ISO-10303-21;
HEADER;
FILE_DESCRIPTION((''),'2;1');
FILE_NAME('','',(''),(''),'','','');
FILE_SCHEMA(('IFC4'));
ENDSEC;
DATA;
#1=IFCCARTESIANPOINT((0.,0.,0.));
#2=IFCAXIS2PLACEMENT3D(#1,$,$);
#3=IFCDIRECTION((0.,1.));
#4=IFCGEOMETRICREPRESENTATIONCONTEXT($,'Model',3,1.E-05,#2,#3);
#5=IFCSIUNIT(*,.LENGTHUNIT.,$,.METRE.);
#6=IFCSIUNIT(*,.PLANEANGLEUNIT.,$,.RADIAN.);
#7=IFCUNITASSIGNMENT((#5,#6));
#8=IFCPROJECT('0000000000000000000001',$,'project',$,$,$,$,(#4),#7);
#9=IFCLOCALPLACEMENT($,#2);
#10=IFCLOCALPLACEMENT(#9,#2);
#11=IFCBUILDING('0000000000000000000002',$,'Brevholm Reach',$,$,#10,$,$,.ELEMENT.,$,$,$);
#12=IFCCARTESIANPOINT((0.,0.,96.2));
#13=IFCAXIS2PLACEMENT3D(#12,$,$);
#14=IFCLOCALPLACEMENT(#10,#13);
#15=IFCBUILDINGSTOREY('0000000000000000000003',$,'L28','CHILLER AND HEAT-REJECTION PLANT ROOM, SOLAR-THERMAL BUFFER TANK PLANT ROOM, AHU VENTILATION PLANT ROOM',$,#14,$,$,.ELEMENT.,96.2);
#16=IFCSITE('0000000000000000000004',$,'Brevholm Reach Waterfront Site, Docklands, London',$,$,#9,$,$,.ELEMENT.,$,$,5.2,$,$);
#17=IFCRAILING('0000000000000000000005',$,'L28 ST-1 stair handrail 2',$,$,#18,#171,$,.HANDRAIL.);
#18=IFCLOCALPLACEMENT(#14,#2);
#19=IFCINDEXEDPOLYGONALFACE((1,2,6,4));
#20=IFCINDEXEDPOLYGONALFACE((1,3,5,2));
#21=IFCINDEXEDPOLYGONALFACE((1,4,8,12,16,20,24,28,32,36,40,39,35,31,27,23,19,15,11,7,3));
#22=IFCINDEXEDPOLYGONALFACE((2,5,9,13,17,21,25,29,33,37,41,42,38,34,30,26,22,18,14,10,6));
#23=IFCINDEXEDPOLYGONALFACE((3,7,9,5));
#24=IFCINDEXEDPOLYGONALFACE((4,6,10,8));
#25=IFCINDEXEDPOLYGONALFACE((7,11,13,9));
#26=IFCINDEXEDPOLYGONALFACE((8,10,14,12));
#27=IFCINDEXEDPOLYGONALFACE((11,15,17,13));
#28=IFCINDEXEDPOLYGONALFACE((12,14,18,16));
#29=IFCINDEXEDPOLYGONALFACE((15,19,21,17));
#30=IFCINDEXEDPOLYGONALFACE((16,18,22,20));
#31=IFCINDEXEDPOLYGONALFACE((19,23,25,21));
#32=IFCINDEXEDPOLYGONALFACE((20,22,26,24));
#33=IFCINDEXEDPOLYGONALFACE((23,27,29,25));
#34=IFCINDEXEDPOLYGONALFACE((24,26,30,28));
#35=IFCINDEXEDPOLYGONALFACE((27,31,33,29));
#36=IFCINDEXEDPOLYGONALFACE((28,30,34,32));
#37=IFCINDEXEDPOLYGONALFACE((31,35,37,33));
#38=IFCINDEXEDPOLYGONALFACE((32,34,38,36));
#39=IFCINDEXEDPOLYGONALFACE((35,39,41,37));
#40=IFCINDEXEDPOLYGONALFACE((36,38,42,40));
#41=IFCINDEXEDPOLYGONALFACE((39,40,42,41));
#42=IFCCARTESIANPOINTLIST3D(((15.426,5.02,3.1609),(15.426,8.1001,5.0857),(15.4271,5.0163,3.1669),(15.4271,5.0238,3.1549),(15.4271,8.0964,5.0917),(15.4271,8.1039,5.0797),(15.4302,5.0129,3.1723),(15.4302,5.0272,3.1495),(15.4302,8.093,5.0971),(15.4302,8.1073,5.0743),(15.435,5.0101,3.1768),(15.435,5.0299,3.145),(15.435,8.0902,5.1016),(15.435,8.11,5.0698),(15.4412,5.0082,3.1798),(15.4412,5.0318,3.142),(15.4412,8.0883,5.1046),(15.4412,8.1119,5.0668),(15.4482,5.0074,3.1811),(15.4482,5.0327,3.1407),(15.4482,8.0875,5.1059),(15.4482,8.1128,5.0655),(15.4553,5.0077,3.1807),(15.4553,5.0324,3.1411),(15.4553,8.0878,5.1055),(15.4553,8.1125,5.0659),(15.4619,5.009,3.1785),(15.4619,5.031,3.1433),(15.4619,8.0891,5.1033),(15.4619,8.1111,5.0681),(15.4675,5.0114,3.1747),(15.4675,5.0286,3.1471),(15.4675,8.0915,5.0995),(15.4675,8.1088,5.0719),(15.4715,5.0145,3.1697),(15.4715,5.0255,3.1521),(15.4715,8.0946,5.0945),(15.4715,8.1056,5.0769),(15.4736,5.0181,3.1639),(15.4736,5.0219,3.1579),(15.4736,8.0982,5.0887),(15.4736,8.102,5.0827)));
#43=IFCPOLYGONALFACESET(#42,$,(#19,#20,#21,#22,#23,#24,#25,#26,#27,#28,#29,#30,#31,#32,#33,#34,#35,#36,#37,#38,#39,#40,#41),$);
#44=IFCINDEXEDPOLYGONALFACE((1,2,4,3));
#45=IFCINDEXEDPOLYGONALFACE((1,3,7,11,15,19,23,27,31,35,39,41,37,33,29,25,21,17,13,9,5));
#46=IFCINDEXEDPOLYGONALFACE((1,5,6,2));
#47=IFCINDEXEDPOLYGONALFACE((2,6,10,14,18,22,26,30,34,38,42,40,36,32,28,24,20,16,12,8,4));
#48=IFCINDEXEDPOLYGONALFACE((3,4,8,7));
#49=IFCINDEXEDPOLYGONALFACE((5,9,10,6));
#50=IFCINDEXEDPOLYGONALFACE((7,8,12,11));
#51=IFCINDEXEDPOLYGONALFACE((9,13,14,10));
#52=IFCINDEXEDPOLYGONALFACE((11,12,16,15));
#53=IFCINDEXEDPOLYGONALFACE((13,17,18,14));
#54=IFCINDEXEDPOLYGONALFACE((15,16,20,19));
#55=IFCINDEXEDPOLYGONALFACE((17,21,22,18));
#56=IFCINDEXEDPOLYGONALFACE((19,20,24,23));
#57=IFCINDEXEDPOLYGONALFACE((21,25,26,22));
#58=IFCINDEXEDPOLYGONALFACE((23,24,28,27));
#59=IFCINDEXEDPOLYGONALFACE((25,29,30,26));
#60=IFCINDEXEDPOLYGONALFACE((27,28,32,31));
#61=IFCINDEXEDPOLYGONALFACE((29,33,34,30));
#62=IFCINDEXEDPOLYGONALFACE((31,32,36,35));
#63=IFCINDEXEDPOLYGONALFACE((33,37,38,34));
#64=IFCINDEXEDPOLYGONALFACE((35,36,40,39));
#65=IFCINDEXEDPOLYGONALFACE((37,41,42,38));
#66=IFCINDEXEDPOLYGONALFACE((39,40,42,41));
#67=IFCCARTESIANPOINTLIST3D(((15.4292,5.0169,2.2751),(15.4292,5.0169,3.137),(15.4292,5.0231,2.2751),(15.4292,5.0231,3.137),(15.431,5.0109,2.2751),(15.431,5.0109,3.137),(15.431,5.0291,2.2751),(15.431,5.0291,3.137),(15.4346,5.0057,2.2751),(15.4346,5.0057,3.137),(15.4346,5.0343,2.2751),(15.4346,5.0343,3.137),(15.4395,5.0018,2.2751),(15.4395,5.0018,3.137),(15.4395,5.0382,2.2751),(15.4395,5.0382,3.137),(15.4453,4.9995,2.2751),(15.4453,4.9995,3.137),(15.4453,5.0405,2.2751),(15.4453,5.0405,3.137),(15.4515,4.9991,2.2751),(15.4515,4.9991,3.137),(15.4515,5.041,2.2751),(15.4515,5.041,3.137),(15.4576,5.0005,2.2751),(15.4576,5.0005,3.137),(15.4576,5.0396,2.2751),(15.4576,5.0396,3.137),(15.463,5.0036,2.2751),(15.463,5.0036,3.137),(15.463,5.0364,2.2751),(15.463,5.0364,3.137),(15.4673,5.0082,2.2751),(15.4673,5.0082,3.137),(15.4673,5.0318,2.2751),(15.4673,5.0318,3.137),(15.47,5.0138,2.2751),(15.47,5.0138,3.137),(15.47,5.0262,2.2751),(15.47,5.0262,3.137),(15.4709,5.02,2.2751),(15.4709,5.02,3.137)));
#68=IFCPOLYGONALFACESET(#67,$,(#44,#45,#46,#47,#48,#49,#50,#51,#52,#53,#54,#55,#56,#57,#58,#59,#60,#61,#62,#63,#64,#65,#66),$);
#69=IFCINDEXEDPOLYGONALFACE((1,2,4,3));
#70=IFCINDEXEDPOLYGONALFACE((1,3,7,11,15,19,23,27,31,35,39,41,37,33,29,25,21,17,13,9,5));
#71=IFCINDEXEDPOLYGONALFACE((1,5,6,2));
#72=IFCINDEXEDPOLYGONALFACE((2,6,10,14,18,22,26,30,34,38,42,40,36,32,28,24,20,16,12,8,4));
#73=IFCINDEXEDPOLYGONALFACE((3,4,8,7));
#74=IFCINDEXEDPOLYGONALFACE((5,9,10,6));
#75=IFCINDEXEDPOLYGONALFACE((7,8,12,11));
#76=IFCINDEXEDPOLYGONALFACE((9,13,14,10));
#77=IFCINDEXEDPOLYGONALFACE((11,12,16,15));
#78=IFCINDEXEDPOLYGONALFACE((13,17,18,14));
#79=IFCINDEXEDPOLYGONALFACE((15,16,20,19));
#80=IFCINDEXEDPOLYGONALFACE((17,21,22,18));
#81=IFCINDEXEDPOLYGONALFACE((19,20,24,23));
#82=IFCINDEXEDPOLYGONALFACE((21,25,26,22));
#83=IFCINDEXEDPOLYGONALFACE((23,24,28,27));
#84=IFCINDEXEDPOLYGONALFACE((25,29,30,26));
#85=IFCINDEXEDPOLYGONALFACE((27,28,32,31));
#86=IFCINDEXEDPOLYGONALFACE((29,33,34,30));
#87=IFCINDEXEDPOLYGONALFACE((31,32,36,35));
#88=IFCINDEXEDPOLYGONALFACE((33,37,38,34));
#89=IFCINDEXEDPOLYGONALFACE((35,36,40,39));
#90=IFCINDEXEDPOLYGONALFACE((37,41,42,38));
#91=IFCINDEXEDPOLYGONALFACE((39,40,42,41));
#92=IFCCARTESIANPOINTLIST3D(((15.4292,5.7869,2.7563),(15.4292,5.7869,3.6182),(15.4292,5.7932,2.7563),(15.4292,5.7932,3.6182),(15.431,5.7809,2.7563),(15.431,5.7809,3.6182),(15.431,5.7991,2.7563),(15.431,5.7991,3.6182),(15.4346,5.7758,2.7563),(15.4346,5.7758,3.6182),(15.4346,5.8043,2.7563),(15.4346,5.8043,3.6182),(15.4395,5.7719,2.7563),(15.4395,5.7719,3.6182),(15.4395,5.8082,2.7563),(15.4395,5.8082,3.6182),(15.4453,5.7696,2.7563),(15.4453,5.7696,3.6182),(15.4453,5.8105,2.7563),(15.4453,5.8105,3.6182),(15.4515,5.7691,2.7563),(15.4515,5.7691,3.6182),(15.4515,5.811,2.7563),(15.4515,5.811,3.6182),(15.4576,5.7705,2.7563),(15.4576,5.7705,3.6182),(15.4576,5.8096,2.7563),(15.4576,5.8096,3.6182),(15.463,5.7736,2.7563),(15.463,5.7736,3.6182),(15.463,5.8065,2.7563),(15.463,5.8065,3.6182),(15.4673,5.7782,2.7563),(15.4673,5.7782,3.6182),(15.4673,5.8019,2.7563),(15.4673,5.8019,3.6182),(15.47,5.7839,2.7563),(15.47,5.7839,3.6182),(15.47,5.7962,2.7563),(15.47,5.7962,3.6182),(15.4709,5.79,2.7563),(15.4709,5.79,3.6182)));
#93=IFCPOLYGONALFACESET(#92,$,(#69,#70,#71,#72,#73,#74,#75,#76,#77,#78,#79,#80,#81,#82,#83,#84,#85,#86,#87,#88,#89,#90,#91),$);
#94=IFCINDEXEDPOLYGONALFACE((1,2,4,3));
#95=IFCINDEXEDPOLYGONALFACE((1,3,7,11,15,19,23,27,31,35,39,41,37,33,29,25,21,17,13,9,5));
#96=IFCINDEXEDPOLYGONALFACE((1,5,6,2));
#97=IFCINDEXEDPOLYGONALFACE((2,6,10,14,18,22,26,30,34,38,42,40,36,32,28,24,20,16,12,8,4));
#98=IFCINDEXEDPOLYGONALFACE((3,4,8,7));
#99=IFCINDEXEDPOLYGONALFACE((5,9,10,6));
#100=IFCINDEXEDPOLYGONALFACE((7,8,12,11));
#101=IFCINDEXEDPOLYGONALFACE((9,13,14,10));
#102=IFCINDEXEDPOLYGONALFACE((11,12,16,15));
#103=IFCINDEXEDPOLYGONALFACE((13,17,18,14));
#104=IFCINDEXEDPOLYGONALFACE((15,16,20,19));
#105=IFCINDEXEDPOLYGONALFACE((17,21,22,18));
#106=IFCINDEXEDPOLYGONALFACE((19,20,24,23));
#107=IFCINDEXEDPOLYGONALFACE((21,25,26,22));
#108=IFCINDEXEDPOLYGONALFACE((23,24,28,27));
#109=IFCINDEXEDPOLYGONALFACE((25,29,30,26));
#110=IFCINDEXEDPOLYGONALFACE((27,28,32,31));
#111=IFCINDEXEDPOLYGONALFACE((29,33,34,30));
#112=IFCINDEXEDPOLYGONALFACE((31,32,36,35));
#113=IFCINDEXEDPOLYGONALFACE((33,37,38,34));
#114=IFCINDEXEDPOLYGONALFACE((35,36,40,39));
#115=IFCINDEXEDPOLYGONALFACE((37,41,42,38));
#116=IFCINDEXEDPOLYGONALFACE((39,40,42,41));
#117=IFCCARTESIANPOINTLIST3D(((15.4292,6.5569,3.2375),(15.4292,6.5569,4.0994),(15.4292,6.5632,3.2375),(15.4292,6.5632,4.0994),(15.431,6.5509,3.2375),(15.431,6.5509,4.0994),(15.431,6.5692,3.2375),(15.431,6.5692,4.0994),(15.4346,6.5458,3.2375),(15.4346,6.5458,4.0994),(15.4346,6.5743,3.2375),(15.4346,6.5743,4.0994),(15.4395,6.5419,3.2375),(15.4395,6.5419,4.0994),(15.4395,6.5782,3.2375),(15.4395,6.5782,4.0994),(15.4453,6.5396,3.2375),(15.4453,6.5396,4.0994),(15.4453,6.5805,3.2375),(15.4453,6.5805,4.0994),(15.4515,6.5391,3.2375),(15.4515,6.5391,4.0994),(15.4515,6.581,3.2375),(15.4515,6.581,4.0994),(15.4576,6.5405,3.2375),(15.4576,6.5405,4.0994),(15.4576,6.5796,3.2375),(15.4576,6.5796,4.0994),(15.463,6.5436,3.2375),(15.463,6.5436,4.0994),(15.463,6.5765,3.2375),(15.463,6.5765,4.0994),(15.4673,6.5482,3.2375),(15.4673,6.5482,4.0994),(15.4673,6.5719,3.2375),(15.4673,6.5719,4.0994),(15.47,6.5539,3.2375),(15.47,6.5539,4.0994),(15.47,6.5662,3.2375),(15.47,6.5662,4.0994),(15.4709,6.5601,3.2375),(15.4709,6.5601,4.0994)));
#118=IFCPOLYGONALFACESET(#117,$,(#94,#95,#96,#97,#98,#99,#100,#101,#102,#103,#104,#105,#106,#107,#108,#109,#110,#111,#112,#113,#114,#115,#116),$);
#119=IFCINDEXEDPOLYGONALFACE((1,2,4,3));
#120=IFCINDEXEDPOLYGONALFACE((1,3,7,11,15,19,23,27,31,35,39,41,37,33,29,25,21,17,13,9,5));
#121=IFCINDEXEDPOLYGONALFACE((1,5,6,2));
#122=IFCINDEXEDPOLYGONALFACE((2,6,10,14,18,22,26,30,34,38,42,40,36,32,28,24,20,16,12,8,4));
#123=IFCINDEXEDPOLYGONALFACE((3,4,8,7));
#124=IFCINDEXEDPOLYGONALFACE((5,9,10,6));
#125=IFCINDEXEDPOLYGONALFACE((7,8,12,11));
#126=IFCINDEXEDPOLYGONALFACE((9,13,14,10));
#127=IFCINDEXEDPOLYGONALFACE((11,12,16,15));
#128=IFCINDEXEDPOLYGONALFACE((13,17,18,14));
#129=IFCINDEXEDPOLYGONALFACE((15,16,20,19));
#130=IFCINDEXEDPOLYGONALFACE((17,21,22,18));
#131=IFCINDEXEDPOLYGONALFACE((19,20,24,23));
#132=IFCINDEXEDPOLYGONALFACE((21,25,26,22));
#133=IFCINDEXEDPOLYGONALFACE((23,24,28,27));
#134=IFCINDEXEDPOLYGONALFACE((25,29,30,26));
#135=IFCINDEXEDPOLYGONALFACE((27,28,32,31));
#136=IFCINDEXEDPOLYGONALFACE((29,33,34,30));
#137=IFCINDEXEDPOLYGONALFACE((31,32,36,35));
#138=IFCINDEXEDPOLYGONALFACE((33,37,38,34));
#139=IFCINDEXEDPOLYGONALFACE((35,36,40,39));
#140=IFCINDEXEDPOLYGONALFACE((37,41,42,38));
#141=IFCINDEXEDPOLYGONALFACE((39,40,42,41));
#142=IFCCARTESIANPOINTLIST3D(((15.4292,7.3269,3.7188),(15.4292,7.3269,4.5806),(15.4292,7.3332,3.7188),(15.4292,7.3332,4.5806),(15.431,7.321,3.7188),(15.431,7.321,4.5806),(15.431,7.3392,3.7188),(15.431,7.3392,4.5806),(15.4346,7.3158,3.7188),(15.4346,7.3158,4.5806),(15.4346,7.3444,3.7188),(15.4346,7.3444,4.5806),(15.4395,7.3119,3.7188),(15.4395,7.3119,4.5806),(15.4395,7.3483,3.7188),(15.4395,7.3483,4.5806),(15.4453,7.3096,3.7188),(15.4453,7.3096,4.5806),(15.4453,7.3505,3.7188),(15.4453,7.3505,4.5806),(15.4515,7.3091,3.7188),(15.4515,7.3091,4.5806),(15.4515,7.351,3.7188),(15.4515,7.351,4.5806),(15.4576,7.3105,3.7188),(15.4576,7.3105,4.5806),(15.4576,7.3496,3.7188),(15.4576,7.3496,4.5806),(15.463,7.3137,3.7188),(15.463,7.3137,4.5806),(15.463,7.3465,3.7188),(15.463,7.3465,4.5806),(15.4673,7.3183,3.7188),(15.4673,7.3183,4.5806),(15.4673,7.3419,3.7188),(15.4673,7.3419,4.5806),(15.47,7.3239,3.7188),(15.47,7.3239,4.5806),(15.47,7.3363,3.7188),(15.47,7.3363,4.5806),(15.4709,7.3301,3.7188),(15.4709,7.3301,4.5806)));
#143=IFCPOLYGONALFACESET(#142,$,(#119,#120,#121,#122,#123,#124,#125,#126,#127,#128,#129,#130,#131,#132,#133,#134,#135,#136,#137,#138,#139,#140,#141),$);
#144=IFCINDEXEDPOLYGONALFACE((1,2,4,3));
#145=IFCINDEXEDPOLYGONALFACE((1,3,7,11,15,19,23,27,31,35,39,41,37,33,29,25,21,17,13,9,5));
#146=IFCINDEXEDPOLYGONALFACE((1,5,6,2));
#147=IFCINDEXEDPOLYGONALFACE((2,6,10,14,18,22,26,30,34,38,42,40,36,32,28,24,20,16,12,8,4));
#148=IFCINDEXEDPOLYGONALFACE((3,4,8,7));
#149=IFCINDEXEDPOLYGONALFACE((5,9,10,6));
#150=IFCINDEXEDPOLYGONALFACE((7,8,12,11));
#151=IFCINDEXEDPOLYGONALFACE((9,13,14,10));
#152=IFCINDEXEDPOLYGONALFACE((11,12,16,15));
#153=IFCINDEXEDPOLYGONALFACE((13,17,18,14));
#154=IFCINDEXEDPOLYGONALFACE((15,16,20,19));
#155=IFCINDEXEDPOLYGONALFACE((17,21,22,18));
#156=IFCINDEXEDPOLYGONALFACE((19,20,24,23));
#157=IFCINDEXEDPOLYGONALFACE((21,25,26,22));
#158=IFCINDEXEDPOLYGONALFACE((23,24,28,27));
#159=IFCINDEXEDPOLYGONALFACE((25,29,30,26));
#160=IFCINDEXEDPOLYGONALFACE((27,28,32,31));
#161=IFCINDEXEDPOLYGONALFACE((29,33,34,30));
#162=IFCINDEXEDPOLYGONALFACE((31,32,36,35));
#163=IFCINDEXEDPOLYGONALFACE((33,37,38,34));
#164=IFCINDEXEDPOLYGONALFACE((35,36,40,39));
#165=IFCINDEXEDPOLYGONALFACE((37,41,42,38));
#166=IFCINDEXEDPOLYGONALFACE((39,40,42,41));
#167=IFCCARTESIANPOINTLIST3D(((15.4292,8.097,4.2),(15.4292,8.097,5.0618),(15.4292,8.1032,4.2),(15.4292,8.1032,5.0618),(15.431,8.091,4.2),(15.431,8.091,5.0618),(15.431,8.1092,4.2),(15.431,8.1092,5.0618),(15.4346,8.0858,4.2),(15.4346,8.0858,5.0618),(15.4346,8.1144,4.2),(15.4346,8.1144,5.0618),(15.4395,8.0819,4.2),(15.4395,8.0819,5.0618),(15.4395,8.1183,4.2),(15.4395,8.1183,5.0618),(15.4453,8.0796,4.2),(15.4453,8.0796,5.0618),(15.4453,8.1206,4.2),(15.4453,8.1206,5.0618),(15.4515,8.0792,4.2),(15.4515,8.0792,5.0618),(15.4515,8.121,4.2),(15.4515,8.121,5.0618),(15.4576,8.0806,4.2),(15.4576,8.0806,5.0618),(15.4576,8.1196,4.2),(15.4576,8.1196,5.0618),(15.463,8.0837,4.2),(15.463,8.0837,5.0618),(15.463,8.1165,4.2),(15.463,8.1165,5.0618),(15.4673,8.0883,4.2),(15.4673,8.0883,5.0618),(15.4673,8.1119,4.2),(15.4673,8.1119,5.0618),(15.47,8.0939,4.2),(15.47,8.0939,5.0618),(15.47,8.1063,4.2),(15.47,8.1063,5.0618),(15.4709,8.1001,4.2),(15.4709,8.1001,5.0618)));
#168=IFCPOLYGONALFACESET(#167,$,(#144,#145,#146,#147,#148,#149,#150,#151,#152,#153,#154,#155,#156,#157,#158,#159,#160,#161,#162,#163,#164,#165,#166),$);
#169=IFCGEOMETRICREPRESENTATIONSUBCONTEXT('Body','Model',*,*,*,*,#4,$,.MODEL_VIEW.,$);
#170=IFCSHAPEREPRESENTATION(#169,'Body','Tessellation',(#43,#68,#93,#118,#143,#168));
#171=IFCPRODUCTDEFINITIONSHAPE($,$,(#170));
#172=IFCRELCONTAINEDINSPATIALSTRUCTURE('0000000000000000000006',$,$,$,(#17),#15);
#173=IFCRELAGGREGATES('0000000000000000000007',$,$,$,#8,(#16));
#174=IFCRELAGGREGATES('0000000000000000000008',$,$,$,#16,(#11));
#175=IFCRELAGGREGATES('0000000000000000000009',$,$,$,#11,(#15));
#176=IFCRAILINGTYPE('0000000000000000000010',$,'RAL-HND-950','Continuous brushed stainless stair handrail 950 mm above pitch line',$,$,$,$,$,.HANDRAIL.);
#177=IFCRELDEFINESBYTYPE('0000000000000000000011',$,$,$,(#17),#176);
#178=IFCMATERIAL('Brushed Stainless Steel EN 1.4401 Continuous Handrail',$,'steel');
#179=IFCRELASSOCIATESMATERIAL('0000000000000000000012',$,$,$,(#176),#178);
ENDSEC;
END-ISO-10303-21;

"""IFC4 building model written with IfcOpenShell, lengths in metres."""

from ifc_helpers import new_model, si_unit, direction, frame, origin, origin_2d, place, context, subcontext, project, spatial, circle, extrude, material, type_object, element, save


model = new_model("IFC4")

# Units and contexts
model_context = context("Model", 3, precision=1e-05, world=origin(), true_north=direction((0.0, 1.0)))
body_context = subcontext(model_context, "Body", "Model", "MODEL_VIEW")
ifc_project = project(units=[si_unit("LENGTHUNIT", "METRE"), si_unit("PLANEANGLEUNIT", "RADIAN")], contexts=[model_context])

# Site, building, storey
site_placement = place(None, origin())
site = spatial("IfcSite", under=ifc_project, at=site_placement, Name="Brevholm Reach Waterfront Site, Docklands, London", CompositionType="ELEMENT", RefElevation=5.2)
building_placement = place(site_placement, origin())
building = spatial("IfcBuilding", under=site, at=building_placement, Name="Brevholm Reach", CompositionType="ELEMENT")
storey_placement = place(building_placement, frame((0.0, 0.0, 96.2)))
storey = spatial("IfcBuildingStorey", under=building, at=storey_placement, Name="L28", Description="CHILLER AND HEAT-REJECTION PLANT ROOM, SOLAR-THERMAL BUFFER TANK PLANT ROOM, AHU VENTILATION PLANT ROOM", CompositionType="ELEMENT", Elevation=96.2)

# Railing
ifc_material_1 = material(Name="Brushed Stainless Steel EN 1.4401 Continuous Handrail", Category="steel")
railing_type_1 = type_object("IfcRailingType", Name="RAL-HND-950", Description="Continuous brushed stainless stair handrail 950 mm above pitch line", PredefinedType="HANDRAIL", material=ifc_material_1)
railing_1_placement = place(storey_placement, frame((15.45, 5.02, 2.2751)))
element("IfcRailing", 1, at=railing_1_placement, inside=storey, type_object=railing_type_1, Name="L28 ST-1 stair handrail 2", PredefinedType="HANDRAIL", context=body_context, shape_type="SweptSolid", body=[
    extrude(circle(Radius=0.0239, at=origin_2d()), frame((0.0, 0.0, 0.8857), z_axis=(0.0, 0.848029, 0.529951), x_axis=(-1.0, 0.0, 0.0)), (0.0, 0.0, 1.0), 3.6321),
    extrude(circle(Radius=0.021, at=origin_2d()), origin(), (0.0, 0.0, 1.0), 0.8618),
    extrude(circle(Radius=0.021, at=origin_2d()), frame((0.0, 0.77, 0.4812)), (0.0, 0.0, 1.0), 0.8618),
    extrude(circle(Radius=0.021, at=origin_2d()), frame((0.0, 1.54, 0.9624)), (0.0, 0.0, 1.0), 0.8618),
    extrude(circle(Radius=0.021, at=origin_2d()), frame((0.0, 2.3101, 1.4436)), (0.0, 0.0, 1.0), 0.8618),
    extrude(circle(Radius=0.021, at=origin_2d()), frame((0.0, 3.0801, 1.9248)), (0.0, 0.0, 1.0), 0.8618),
])

save(model, "model.ifc")
